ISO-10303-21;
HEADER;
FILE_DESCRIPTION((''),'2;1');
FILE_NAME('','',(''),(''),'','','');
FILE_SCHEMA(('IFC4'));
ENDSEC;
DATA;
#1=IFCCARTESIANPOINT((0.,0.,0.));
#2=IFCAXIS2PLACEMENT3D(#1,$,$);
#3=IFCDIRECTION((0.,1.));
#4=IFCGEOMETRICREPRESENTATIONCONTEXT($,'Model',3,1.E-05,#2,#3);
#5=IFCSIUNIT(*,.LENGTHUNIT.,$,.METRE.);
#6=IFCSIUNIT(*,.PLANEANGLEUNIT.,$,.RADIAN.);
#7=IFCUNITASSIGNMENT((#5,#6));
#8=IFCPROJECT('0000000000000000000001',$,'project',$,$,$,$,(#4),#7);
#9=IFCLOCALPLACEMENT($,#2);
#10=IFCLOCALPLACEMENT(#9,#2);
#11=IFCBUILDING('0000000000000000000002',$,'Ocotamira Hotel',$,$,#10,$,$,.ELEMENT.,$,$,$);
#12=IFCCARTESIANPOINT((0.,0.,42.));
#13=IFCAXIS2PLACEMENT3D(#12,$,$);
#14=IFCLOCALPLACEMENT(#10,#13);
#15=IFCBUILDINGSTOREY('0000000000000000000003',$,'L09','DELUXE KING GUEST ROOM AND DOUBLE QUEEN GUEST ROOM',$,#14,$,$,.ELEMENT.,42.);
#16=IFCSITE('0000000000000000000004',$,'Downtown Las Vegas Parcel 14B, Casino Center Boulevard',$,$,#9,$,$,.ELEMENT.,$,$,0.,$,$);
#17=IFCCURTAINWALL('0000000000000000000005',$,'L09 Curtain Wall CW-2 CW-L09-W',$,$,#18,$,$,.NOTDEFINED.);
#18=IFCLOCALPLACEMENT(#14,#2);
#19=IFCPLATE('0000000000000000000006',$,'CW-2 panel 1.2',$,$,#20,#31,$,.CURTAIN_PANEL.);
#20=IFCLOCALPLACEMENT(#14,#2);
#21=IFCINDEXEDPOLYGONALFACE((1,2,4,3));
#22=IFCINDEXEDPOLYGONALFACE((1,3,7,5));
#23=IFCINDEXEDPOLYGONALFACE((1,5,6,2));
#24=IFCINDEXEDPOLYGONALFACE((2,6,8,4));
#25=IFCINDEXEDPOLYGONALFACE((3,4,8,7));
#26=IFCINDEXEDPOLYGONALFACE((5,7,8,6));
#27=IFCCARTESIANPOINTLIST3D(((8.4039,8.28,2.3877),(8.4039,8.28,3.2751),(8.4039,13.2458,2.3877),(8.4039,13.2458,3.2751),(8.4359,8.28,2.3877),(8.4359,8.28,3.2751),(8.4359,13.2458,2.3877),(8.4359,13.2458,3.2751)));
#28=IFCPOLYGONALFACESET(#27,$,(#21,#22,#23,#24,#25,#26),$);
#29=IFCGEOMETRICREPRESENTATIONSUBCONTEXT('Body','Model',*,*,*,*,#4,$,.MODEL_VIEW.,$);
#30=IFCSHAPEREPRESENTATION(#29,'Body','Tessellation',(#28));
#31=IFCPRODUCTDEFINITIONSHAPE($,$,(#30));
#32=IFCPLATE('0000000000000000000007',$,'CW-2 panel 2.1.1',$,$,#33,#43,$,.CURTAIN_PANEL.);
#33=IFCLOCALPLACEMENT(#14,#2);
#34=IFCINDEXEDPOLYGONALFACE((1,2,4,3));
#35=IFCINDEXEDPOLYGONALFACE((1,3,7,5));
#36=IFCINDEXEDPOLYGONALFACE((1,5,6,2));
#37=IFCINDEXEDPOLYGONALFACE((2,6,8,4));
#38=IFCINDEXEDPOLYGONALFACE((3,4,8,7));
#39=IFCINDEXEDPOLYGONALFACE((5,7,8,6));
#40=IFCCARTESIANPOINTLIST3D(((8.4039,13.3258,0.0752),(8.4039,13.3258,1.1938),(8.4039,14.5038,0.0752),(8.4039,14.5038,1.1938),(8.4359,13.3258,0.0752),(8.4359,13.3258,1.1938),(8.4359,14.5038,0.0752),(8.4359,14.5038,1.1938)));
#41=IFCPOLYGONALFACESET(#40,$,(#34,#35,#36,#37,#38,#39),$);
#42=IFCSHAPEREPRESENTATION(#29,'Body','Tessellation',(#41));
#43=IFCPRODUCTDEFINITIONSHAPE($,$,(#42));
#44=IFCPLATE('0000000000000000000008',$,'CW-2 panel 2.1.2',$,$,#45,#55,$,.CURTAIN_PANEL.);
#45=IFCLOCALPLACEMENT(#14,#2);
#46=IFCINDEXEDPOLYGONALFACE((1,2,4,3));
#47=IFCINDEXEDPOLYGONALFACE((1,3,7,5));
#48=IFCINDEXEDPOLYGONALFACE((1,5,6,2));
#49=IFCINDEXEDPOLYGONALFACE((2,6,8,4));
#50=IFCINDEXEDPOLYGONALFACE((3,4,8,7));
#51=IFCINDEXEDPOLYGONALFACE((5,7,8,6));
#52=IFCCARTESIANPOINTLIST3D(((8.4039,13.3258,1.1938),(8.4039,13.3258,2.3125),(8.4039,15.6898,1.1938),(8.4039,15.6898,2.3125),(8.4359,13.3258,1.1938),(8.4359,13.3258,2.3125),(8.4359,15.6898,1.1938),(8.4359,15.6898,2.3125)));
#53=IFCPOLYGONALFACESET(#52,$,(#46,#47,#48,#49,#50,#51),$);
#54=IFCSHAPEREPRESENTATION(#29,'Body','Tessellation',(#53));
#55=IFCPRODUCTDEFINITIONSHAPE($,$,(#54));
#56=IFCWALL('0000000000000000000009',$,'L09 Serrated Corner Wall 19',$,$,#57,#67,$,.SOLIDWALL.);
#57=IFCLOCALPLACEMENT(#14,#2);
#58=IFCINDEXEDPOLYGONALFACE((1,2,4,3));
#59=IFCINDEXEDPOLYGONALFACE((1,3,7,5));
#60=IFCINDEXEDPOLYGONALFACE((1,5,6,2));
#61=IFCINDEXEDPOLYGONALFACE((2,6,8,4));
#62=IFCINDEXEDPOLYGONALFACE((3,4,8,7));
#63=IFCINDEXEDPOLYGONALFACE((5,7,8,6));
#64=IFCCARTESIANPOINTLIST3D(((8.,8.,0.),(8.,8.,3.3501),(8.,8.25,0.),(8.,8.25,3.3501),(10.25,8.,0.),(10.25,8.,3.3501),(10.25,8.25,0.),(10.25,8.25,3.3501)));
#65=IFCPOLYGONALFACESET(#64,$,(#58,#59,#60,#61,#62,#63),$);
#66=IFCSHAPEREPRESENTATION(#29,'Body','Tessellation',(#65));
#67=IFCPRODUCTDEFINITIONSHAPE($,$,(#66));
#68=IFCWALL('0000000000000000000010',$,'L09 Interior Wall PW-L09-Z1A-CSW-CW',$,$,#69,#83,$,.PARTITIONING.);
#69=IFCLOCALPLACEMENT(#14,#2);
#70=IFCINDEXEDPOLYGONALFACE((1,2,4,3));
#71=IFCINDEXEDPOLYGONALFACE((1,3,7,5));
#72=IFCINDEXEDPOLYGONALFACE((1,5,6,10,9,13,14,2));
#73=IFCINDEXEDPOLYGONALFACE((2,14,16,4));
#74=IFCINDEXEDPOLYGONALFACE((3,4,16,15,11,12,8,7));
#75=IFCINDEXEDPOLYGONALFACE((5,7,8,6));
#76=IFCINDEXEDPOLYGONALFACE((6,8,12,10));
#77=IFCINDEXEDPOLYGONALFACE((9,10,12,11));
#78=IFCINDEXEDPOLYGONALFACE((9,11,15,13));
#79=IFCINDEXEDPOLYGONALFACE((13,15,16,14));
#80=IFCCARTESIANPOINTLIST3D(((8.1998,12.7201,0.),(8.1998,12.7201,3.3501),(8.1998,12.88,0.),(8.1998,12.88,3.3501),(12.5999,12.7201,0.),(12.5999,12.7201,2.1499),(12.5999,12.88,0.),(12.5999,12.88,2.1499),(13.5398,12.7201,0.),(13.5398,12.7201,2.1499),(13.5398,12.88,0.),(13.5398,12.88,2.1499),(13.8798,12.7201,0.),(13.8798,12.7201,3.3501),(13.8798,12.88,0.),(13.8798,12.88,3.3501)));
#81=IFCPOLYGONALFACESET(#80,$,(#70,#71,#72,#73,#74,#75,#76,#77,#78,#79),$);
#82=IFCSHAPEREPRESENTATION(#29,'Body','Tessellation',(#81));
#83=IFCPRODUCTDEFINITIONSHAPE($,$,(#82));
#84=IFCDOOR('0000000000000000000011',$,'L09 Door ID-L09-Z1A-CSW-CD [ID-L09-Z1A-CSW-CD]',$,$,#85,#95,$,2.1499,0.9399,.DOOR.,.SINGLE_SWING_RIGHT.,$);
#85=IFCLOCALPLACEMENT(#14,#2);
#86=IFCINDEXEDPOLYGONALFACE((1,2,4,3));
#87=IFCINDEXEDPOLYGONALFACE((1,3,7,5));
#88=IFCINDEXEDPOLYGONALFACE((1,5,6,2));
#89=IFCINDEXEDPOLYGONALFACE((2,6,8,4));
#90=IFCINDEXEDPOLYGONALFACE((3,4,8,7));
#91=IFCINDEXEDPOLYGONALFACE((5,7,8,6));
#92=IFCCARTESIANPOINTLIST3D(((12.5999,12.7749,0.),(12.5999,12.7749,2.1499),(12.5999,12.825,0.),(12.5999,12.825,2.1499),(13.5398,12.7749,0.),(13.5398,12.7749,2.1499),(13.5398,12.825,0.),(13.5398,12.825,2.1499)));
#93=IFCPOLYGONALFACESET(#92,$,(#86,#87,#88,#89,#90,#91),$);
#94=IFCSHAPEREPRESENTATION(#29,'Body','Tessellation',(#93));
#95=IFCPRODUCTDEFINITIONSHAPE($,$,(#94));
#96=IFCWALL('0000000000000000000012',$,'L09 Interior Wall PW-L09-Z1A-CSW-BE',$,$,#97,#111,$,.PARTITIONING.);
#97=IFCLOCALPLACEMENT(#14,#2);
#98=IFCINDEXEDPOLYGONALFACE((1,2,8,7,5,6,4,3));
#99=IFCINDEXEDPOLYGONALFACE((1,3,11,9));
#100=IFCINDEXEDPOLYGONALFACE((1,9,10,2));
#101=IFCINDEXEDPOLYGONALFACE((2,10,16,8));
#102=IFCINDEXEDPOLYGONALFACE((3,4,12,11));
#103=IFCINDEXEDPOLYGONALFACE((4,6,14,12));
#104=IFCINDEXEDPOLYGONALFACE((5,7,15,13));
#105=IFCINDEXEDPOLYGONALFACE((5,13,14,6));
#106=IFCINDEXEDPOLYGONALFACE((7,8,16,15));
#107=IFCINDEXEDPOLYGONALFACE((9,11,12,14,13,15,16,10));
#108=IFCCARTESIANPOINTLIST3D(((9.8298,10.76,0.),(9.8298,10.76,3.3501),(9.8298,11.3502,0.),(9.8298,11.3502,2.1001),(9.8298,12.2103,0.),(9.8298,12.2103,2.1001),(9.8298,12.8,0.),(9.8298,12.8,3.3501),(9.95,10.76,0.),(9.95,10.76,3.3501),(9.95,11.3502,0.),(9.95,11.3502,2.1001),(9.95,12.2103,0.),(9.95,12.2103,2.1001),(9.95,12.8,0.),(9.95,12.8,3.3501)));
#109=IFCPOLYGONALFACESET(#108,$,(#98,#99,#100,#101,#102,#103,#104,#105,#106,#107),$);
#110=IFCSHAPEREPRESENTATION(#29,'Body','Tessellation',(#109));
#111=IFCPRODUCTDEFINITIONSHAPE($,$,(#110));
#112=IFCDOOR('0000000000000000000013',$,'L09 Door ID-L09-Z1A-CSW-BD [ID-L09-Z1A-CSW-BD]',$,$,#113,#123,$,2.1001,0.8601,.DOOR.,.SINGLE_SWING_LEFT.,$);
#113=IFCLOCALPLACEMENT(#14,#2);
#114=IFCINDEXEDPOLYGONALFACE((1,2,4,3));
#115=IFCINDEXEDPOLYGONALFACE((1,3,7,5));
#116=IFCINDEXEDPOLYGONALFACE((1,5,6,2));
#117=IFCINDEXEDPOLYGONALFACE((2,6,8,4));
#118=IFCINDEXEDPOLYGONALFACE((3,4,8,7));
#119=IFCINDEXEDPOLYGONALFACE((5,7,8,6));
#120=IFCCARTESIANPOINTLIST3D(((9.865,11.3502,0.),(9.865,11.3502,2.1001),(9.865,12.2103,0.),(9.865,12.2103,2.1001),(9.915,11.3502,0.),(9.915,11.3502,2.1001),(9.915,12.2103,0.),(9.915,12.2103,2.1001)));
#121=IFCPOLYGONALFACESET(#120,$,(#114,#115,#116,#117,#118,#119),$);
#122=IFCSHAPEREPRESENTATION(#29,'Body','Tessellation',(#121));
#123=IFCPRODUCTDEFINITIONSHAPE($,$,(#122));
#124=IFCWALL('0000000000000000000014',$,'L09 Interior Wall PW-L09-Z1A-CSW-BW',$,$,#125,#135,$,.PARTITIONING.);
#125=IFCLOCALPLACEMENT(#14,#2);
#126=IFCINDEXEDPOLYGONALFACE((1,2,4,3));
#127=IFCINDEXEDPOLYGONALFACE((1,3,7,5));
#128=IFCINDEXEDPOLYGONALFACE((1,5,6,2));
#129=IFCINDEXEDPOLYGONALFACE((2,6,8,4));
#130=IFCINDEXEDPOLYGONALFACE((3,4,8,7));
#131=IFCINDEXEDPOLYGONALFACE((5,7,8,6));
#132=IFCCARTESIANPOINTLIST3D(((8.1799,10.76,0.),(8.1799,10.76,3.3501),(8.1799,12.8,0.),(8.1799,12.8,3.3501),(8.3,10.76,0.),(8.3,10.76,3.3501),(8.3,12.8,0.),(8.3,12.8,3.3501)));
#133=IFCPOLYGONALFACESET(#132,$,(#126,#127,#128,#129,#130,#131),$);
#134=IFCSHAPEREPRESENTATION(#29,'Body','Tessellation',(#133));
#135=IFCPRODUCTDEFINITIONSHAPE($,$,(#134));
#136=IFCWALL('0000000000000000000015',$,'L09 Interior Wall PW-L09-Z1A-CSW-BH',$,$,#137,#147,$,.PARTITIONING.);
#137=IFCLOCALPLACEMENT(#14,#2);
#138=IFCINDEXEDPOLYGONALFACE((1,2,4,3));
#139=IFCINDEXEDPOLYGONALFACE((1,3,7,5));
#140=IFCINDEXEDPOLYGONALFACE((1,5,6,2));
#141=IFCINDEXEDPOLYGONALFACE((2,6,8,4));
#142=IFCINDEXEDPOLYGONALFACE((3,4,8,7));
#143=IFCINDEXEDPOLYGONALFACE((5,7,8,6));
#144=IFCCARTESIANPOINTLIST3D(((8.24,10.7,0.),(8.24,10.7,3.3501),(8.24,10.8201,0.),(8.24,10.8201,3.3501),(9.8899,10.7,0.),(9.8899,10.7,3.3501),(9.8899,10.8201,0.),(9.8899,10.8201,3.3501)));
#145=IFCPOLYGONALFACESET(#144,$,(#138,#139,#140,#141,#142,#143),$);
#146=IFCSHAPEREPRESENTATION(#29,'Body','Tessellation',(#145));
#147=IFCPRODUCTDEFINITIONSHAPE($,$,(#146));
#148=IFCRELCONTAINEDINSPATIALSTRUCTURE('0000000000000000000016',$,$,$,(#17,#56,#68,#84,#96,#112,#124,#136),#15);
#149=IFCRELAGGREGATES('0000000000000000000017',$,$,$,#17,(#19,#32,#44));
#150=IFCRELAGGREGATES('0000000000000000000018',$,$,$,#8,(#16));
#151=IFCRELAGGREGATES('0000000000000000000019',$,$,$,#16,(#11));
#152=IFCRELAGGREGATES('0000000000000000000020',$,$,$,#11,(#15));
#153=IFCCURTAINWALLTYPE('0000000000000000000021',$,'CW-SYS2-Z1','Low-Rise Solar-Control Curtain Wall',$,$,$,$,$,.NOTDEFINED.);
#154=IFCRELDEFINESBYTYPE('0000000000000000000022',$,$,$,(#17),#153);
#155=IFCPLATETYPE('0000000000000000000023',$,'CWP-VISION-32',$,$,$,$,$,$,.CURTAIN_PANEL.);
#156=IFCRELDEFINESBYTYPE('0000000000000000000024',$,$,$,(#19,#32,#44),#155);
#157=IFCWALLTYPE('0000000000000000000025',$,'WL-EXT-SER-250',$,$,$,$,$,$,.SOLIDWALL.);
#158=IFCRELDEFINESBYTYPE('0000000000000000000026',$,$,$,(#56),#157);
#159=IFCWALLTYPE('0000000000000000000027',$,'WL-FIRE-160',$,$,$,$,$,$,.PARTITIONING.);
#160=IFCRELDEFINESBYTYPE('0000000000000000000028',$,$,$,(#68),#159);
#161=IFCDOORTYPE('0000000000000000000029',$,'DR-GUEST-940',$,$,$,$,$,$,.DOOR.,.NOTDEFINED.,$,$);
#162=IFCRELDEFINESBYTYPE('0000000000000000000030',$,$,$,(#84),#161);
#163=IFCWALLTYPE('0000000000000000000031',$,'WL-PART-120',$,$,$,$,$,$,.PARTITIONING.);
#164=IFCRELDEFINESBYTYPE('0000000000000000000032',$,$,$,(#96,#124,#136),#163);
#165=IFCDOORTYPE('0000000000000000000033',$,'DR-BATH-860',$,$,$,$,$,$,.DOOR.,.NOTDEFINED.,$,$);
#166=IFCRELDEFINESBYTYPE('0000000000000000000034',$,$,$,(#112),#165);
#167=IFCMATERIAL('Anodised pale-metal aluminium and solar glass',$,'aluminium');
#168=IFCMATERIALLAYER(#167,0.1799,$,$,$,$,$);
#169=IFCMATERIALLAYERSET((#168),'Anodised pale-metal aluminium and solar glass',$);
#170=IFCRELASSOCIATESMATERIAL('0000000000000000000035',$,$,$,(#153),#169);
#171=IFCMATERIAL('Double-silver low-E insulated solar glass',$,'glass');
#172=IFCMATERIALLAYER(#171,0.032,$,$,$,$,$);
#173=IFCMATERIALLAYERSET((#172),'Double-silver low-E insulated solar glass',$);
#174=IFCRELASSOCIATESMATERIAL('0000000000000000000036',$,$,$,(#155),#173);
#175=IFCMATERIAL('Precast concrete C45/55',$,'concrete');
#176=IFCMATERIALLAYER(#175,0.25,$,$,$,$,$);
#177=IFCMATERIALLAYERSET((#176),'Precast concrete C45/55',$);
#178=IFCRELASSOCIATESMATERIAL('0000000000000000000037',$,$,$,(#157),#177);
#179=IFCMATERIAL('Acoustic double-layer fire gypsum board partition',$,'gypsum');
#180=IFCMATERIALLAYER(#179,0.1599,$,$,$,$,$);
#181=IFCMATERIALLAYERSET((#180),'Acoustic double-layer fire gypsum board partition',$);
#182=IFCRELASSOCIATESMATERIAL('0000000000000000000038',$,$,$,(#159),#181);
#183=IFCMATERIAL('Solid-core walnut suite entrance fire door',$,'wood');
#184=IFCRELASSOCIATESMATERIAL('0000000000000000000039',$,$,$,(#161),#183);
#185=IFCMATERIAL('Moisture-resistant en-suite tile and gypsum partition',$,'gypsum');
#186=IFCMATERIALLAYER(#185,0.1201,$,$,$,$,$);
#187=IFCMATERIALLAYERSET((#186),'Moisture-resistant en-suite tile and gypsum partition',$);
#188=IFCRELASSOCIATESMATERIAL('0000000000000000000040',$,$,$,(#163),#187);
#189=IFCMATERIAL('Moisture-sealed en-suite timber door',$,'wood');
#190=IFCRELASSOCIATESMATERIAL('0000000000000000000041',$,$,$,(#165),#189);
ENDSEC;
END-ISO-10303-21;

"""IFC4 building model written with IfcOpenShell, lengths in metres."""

from ifc_helpers import new_model, si_unit, direction, frame, frame_2d, origin, origin_2d, place, context, subcontext, project, spatial, rectangle, extrude, source, transform, mapped, material, layer, layer_set, type_object, element, fill, aggregate, save


model = new_model("IFC4")

# Units and contexts
model_context = context("Model", 3, precision=1e-05, world=origin(), true_north=direction((0.0, 1.0)))
body_context = subcontext(model_context, "Body", "Model", "MODEL_VIEW")
ifc_project = project(units=[si_unit("LENGTHUNIT", "METRE"), si_unit("PLANEANGLEUNIT", "RADIAN")], contexts=[model_context])

# Site, building, storey
site_placement = place(None, origin())
site = spatial("IfcSite", under=ifc_project, at=site_placement, Name="Downtown Las Vegas Parcel 14B, Casino Center Boulevard", CompositionType="ELEMENT", RefElevation=0.0)
building_placement = place(site_placement, origin())
building = spatial("IfcBuilding", under=site, at=building_placement, Name="Ocotamira Hotel", CompositionType="ELEMENT")
storey_placement = place(building_placement, frame((0.0, 0.0, 42.0)))
storey = spatial("IfcBuildingStorey", under=building, at=storey_placement, Name="L09", Description="DELUXE KING GUEST ROOM AND DOUBLE QUEEN GUEST ROOM", CompositionType="ELEMENT", Elevation=42.0)

# Curtain wall, plates
ifc_material_1 = material(Name="Anodised pale-metal aluminium and solar glass", Category="aluminium")
ifc_layer_1 = layer(ifc_material_1, 0.1799)
ifc_layer_set_1 = layer_set([ifc_layer_1], Name="Anodised pale-metal aluminium and solar glass")
curtain_wall_type = type_object("IfcCurtainWallType", Name="CW-SYS2-Z1", Description="Low-Rise Solar-Control Curtain Wall", PredefinedType="NOTDEFINED", material=ifc_layer_set_1)
curtain_wall_placement = place(storey_placement, origin())
curtain_wall = element("IfcCurtainWall", 1, at=curtain_wall_placement, inside=storey, type_object=curtain_wall_type, Name="L09 Curtain Wall CW-2 CW-L09-W", PredefinedType="NOTDEFINED")
ifc_material_2 = material(Name="Double-silver low-E insulated solar glass", Category="glass")
ifc_layer_2 = layer(ifc_material_2, 0.032)
ifc_layer_set_2 = layer_set([ifc_layer_2], Name="Double-silver low-E insulated solar glass")
plate_type = type_object("IfcPlateType", Name="CWP-VISION-32", PredefinedType="CURTAIN_PANEL", material=ifc_layer_set_2)
shared_shape_1 = source(origin(), body_context, "Body", "SweptSolid", [
    extrude(rectangle(XDim=4.9658, YDim=0.032, at=origin_2d()), origin(), (0.0, 0.0, 1.0), 0.8875),
])
plate_1_placement = place(storey_placement, frame((8.4199, 10.7629, 2.3877), z_axis=(0.0, 0.0, 1.0), x_axis=(0.0, 1.0, 0.0)))
plate_1 = element("IfcPlate", 2, at=plate_1_placement, type_object=plate_type, Name="CW-2 panel 1.2", PredefinedType="CURTAIN_PANEL", context=body_context, shape_type="MappedRepresentation", body=[
    mapped(shared_shape_1, transform((0.0, 0.0, 0.0), scale=1.0)),
])
shared_shape_2 = source(origin(), body_context, "Body", "SweptSolid", [
    extrude(rectangle(XDim=1.178, YDim=0.032, at=origin_2d()), origin(), (0.0, 0.0, 1.0), 1.1187),
])
plate_2_placement = place(storey_placement, frame((8.4199, 13.9148, 0.0752), z_axis=(0.0, 0.0, 1.0), x_axis=(0.0, 1.0, 0.0)))
plate_2 = element("IfcPlate", 3, at=plate_2_placement, type_object=plate_type, Name="CW-2 panel 2.1.1", PredefinedType="CURTAIN_PANEL", context=body_context, shape_type="MappedRepresentation", body=[
    mapped(shared_shape_2, transform((0.0, 0.0, 0.0), scale=1.0)),
])
shared_shape_3 = source(origin(), body_context, "Body", "SweptSolid", [
    extrude(rectangle(XDim=2.364, YDim=0.032, at=origin_2d()), origin(), (0.0, 0.0, 1.0), 1.1187),
])
plate_3_placement = place(storey_placement, frame((8.4199, 14.5078, 1.1938), z_axis=(0.0, 0.0, 1.0), x_axis=(0.0, 1.0, 0.0)))
plate_3 = element("IfcPlate", 4, at=plate_3_placement, type_object=plate_type, Name="CW-2 panel 2.1.2", PredefinedType="CURTAIN_PANEL", context=body_context, shape_type="MappedRepresentation", body=[
    mapped(shared_shape_3, transform((0.0, 0.0, 0.0), scale=1.0)),
])
aggregate(curtain_wall, [plate_1, plate_2, plate_3])

# Wall
ifc_material_3 = material(Name="Precast concrete C45/55", Category="concrete")
ifc_layer_3 = layer(ifc_material_3, 0.25)
ifc_layer_set_3 = layer_set([ifc_layer_3], Name="Precast concrete C45/55")
wall_type_1 = type_object("IfcWallType", Name="WL-EXT-SER-250", PredefinedType="SOLIDWALL", material=ifc_layer_set_3)
wall_1_placement = place(storey_placement, frame((8.0, 8.125, 0.0), z_axis=(0.0, 0.0, 1.0), x_axis=(1.0, 0.0, 0.0)))
element("IfcWall", 5, at=wall_1_placement, inside=storey, type_object=wall_type_1, Name="L09 Serrated Corner Wall 19", PredefinedType="SOLIDWALL", context=body_context, shape_type="SweptSolid", body=[
    extrude(rectangle(XDim=2.25, YDim=0.25, at=frame_2d((1.125, 0.0))), origin(), (0.0, 0.0, 1.0), 3.3501),
])

# Walls, openings, doors
ifc_material_4 = material(Name="Acoustic double-layer fire gypsum board partition", Category="gypsum")
ifc_layer_4 = layer(ifc_material_4, 0.1599)
ifc_layer_set_4 = layer_set([ifc_layer_4], Name="Acoustic double-layer fire gypsum board partition")
wall_type_2 = type_object("IfcWallType", Name="WL-FIRE-160", PredefinedType="PARTITIONING", material=ifc_layer_set_4)
wall_2_placement = place(storey_placement, frame((8.2, 12.8, 0.0), z_axis=(0.0, 0.0, 1.0), x_axis=(1.0, 0.0, 0.0)))
wall_2 = element("IfcWall", 6, at=wall_2_placement, inside=storey, type_object=wall_type_2, Name="L09 Interior Wall PW-L09-Z1A-CSW-CW", PredefinedType="PARTITIONING", context=body_context, shape_type="SweptSolid", body=[
    extrude(rectangle(XDim=5.6799, YDim=0.1599, at=frame_2d((2.8398, 0.0))), origin(), (0.0, 0.0, 1.0), 3.3501),
])
opening_1_placement = place(wall_2_placement, frame((4.3999, 0.0, 0.0)))
opening_1 = element("IfcOpeningElement", 7, at=opening_1_placement, cuts=wall_2, PredefinedType="OPENING", context=body_context, shape_type="SweptSolid", body=[
    extrude(rectangle(XDim=0.9399, YDim=2.1499, at=frame_2d((0.47, 1.075))), frame((0.0, 0.0898, 0.0), z_axis=(0.0, -1.0, 0.0), x_axis=(1.0, 0.0, 0.0)), (0.0, 0.0, 1.0), 0.1799),
])
ifc_material_5 = material(Name="Solid-core walnut suite entrance fire door", Category="wood")
door_type_1 = type_object("IfcDoorType", Name="DR-GUEST-940", OperationType="NOTDEFINED", PredefinedType="DOOR", material=ifc_material_5)
shared_shape_4 = source(origin(), body_context, "Body", "SweptSolid", [
    extrude(rectangle(XDim=0.9399, YDim=2.1499, at=frame_2d((0.47, 1.075))), frame((0.0, 0.0249, 0.0), z_axis=(0.0, -1.0, 0.0), x_axis=(1.0, 0.0, 0.0)), (0.0, 0.0, 1.0), 0.05),
])
door_1_placement = place(opening_1_placement, origin())
door_1 = element("IfcDoor", 8, at=door_1_placement, inside=storey, type_object=door_type_1, Name="L09 Door ID-L09-Z1A-CSW-CD [ID-L09-Z1A-CSW-CD]", OperationType="SINGLE_SWING_RIGHT", OverallHeight=2.1499, OverallWidth=0.9399, PredefinedType="DOOR", context=body_context, shape_type="MappedRepresentation", body=[
    mapped(shared_shape_4, transform((0.0, 0.0, 0.0), scale=1.0)),
])
fill(opening_1, door_1)
ifc_material_6 = material(Name="Moisture-resistant en-suite tile and gypsum partition", Category="gypsum")
ifc_layer_5 = layer(ifc_material_6, 0.1201)
ifc_layer_set_5 = layer_set([ifc_layer_5], Name="Moisture-resistant en-suite tile and gypsum partition")
wall_type_3 = type_object("IfcWallType", Name="WL-PART-120", PredefinedType="PARTITIONING", material=ifc_layer_set_5)
wall_3_placement = place(storey_placement, frame((9.8899, 10.76, 0.0), z_axis=(0.0, 0.0, 1.0), x_axis=(0.0, 1.0, 0.0)))
wall_3 = element("IfcWall", 9, at=wall_3_placement, inside=storey, type_object=wall_type_3, Name="L09 Interior Wall PW-L09-Z1A-CSW-BE", PredefinedType="PARTITIONING", context=body_context, shape_type="SweptSolid", body=[
    extrude(rectangle(XDim=2.04, YDim=0.1201, at=frame_2d((1.02, 0.0))), origin(), (0.0, 0.0, 1.0), 3.3501),
])
opening_2_placement = place(wall_3_placement, frame((0.5901, 0.0, 0.0)))
opening_2 = element("IfcOpeningElement", 10, at=opening_2_placement, cuts=wall_3, PredefinedType="OPENING", context=body_context, shape_type="SweptSolid", body=[
    extrude(rectangle(XDim=0.8601, YDim=2.1001, at=frame_2d((0.4302, 1.05))), frame((0.0, 0.0701, 0.0), z_axis=(0.0, -1.0, 0.0), x_axis=(1.0, 0.0, 0.0)), (0.0, 0.0, 1.0), 0.1401),
])
ifc_material_7 = material(Name="Moisture-sealed en-suite timber door", Category="wood")
door_type_2 = type_object("IfcDoorType", Name="DR-BATH-860", OperationType="NOTDEFINED", PredefinedType="DOOR", material=ifc_material_7)
shared_shape_5 = source(origin(), body_context, "Body", "SweptSolid", [
    extrude(rectangle(XDim=0.8601, YDim=2.1001, at=frame_2d((0.4302, 1.05))), frame((0.0, 0.0249, 0.0), z_axis=(0.0, -1.0, 0.0), x_axis=(1.0, 0.0, 0.0)), (0.0, 0.0, 1.0), 0.05),
])
door_2_placement = place(opening_2_placement, origin())
door_2 = element("IfcDoor", 11, at=door_2_placement, inside=storey, type_object=door_type_2, Name="L09 Door ID-L09-Z1A-CSW-BD [ID-L09-Z1A-CSW-BD]", OperationType="SINGLE_SWING_LEFT", OverallHeight=2.1001, OverallWidth=0.8601, PredefinedType="DOOR", context=body_context, shape_type="MappedRepresentation", body=[
    mapped(shared_shape_5, transform((0.0, 0.0, 0.0), scale=1.0)),
])
fill(opening_2, door_2)

# Walls
wall_4_placement = place(storey_placement, frame((8.24, 10.76, 0.0), z_axis=(0.0, 0.0, 1.0), x_axis=(0.0, 1.0, 0.0)))
element("IfcWall", 12, at=wall_4_placement, inside=storey, type_object=wall_type_3, Name="L09 Interior Wall PW-L09-Z1A-CSW-BW", PredefinedType="PARTITIONING", context=body_context, shape_type="SweptSolid", body=[
    extrude(rectangle(XDim=2.04, YDim=0.1201, at=frame_2d((1.02, 0.0))), origin(), (0.0, 0.0, 1.0), 3.3501),
])
wall_5_placement = place(storey_placement, frame((8.24, 10.76, 0.0), z_axis=(0.0, 0.0, 1.0), x_axis=(1.0, 0.0, 0.0)))
element("IfcWall", 13, at=wall_5_placement, inside=storey, type_object=wall_type_3, Name="L09 Interior Wall PW-L09-Z1A-CSW-BH", PredefinedType="PARTITIONING", context=body_context, shape_type="SweptSolid", body=[
    extrude(rectangle(XDim=1.6499, YDim=0.1201, at=frame_2d((0.825, 0.0))), origin(), (0.0, 0.0, 1.0), 3.3501),
])

save(model, "model.ifc")
